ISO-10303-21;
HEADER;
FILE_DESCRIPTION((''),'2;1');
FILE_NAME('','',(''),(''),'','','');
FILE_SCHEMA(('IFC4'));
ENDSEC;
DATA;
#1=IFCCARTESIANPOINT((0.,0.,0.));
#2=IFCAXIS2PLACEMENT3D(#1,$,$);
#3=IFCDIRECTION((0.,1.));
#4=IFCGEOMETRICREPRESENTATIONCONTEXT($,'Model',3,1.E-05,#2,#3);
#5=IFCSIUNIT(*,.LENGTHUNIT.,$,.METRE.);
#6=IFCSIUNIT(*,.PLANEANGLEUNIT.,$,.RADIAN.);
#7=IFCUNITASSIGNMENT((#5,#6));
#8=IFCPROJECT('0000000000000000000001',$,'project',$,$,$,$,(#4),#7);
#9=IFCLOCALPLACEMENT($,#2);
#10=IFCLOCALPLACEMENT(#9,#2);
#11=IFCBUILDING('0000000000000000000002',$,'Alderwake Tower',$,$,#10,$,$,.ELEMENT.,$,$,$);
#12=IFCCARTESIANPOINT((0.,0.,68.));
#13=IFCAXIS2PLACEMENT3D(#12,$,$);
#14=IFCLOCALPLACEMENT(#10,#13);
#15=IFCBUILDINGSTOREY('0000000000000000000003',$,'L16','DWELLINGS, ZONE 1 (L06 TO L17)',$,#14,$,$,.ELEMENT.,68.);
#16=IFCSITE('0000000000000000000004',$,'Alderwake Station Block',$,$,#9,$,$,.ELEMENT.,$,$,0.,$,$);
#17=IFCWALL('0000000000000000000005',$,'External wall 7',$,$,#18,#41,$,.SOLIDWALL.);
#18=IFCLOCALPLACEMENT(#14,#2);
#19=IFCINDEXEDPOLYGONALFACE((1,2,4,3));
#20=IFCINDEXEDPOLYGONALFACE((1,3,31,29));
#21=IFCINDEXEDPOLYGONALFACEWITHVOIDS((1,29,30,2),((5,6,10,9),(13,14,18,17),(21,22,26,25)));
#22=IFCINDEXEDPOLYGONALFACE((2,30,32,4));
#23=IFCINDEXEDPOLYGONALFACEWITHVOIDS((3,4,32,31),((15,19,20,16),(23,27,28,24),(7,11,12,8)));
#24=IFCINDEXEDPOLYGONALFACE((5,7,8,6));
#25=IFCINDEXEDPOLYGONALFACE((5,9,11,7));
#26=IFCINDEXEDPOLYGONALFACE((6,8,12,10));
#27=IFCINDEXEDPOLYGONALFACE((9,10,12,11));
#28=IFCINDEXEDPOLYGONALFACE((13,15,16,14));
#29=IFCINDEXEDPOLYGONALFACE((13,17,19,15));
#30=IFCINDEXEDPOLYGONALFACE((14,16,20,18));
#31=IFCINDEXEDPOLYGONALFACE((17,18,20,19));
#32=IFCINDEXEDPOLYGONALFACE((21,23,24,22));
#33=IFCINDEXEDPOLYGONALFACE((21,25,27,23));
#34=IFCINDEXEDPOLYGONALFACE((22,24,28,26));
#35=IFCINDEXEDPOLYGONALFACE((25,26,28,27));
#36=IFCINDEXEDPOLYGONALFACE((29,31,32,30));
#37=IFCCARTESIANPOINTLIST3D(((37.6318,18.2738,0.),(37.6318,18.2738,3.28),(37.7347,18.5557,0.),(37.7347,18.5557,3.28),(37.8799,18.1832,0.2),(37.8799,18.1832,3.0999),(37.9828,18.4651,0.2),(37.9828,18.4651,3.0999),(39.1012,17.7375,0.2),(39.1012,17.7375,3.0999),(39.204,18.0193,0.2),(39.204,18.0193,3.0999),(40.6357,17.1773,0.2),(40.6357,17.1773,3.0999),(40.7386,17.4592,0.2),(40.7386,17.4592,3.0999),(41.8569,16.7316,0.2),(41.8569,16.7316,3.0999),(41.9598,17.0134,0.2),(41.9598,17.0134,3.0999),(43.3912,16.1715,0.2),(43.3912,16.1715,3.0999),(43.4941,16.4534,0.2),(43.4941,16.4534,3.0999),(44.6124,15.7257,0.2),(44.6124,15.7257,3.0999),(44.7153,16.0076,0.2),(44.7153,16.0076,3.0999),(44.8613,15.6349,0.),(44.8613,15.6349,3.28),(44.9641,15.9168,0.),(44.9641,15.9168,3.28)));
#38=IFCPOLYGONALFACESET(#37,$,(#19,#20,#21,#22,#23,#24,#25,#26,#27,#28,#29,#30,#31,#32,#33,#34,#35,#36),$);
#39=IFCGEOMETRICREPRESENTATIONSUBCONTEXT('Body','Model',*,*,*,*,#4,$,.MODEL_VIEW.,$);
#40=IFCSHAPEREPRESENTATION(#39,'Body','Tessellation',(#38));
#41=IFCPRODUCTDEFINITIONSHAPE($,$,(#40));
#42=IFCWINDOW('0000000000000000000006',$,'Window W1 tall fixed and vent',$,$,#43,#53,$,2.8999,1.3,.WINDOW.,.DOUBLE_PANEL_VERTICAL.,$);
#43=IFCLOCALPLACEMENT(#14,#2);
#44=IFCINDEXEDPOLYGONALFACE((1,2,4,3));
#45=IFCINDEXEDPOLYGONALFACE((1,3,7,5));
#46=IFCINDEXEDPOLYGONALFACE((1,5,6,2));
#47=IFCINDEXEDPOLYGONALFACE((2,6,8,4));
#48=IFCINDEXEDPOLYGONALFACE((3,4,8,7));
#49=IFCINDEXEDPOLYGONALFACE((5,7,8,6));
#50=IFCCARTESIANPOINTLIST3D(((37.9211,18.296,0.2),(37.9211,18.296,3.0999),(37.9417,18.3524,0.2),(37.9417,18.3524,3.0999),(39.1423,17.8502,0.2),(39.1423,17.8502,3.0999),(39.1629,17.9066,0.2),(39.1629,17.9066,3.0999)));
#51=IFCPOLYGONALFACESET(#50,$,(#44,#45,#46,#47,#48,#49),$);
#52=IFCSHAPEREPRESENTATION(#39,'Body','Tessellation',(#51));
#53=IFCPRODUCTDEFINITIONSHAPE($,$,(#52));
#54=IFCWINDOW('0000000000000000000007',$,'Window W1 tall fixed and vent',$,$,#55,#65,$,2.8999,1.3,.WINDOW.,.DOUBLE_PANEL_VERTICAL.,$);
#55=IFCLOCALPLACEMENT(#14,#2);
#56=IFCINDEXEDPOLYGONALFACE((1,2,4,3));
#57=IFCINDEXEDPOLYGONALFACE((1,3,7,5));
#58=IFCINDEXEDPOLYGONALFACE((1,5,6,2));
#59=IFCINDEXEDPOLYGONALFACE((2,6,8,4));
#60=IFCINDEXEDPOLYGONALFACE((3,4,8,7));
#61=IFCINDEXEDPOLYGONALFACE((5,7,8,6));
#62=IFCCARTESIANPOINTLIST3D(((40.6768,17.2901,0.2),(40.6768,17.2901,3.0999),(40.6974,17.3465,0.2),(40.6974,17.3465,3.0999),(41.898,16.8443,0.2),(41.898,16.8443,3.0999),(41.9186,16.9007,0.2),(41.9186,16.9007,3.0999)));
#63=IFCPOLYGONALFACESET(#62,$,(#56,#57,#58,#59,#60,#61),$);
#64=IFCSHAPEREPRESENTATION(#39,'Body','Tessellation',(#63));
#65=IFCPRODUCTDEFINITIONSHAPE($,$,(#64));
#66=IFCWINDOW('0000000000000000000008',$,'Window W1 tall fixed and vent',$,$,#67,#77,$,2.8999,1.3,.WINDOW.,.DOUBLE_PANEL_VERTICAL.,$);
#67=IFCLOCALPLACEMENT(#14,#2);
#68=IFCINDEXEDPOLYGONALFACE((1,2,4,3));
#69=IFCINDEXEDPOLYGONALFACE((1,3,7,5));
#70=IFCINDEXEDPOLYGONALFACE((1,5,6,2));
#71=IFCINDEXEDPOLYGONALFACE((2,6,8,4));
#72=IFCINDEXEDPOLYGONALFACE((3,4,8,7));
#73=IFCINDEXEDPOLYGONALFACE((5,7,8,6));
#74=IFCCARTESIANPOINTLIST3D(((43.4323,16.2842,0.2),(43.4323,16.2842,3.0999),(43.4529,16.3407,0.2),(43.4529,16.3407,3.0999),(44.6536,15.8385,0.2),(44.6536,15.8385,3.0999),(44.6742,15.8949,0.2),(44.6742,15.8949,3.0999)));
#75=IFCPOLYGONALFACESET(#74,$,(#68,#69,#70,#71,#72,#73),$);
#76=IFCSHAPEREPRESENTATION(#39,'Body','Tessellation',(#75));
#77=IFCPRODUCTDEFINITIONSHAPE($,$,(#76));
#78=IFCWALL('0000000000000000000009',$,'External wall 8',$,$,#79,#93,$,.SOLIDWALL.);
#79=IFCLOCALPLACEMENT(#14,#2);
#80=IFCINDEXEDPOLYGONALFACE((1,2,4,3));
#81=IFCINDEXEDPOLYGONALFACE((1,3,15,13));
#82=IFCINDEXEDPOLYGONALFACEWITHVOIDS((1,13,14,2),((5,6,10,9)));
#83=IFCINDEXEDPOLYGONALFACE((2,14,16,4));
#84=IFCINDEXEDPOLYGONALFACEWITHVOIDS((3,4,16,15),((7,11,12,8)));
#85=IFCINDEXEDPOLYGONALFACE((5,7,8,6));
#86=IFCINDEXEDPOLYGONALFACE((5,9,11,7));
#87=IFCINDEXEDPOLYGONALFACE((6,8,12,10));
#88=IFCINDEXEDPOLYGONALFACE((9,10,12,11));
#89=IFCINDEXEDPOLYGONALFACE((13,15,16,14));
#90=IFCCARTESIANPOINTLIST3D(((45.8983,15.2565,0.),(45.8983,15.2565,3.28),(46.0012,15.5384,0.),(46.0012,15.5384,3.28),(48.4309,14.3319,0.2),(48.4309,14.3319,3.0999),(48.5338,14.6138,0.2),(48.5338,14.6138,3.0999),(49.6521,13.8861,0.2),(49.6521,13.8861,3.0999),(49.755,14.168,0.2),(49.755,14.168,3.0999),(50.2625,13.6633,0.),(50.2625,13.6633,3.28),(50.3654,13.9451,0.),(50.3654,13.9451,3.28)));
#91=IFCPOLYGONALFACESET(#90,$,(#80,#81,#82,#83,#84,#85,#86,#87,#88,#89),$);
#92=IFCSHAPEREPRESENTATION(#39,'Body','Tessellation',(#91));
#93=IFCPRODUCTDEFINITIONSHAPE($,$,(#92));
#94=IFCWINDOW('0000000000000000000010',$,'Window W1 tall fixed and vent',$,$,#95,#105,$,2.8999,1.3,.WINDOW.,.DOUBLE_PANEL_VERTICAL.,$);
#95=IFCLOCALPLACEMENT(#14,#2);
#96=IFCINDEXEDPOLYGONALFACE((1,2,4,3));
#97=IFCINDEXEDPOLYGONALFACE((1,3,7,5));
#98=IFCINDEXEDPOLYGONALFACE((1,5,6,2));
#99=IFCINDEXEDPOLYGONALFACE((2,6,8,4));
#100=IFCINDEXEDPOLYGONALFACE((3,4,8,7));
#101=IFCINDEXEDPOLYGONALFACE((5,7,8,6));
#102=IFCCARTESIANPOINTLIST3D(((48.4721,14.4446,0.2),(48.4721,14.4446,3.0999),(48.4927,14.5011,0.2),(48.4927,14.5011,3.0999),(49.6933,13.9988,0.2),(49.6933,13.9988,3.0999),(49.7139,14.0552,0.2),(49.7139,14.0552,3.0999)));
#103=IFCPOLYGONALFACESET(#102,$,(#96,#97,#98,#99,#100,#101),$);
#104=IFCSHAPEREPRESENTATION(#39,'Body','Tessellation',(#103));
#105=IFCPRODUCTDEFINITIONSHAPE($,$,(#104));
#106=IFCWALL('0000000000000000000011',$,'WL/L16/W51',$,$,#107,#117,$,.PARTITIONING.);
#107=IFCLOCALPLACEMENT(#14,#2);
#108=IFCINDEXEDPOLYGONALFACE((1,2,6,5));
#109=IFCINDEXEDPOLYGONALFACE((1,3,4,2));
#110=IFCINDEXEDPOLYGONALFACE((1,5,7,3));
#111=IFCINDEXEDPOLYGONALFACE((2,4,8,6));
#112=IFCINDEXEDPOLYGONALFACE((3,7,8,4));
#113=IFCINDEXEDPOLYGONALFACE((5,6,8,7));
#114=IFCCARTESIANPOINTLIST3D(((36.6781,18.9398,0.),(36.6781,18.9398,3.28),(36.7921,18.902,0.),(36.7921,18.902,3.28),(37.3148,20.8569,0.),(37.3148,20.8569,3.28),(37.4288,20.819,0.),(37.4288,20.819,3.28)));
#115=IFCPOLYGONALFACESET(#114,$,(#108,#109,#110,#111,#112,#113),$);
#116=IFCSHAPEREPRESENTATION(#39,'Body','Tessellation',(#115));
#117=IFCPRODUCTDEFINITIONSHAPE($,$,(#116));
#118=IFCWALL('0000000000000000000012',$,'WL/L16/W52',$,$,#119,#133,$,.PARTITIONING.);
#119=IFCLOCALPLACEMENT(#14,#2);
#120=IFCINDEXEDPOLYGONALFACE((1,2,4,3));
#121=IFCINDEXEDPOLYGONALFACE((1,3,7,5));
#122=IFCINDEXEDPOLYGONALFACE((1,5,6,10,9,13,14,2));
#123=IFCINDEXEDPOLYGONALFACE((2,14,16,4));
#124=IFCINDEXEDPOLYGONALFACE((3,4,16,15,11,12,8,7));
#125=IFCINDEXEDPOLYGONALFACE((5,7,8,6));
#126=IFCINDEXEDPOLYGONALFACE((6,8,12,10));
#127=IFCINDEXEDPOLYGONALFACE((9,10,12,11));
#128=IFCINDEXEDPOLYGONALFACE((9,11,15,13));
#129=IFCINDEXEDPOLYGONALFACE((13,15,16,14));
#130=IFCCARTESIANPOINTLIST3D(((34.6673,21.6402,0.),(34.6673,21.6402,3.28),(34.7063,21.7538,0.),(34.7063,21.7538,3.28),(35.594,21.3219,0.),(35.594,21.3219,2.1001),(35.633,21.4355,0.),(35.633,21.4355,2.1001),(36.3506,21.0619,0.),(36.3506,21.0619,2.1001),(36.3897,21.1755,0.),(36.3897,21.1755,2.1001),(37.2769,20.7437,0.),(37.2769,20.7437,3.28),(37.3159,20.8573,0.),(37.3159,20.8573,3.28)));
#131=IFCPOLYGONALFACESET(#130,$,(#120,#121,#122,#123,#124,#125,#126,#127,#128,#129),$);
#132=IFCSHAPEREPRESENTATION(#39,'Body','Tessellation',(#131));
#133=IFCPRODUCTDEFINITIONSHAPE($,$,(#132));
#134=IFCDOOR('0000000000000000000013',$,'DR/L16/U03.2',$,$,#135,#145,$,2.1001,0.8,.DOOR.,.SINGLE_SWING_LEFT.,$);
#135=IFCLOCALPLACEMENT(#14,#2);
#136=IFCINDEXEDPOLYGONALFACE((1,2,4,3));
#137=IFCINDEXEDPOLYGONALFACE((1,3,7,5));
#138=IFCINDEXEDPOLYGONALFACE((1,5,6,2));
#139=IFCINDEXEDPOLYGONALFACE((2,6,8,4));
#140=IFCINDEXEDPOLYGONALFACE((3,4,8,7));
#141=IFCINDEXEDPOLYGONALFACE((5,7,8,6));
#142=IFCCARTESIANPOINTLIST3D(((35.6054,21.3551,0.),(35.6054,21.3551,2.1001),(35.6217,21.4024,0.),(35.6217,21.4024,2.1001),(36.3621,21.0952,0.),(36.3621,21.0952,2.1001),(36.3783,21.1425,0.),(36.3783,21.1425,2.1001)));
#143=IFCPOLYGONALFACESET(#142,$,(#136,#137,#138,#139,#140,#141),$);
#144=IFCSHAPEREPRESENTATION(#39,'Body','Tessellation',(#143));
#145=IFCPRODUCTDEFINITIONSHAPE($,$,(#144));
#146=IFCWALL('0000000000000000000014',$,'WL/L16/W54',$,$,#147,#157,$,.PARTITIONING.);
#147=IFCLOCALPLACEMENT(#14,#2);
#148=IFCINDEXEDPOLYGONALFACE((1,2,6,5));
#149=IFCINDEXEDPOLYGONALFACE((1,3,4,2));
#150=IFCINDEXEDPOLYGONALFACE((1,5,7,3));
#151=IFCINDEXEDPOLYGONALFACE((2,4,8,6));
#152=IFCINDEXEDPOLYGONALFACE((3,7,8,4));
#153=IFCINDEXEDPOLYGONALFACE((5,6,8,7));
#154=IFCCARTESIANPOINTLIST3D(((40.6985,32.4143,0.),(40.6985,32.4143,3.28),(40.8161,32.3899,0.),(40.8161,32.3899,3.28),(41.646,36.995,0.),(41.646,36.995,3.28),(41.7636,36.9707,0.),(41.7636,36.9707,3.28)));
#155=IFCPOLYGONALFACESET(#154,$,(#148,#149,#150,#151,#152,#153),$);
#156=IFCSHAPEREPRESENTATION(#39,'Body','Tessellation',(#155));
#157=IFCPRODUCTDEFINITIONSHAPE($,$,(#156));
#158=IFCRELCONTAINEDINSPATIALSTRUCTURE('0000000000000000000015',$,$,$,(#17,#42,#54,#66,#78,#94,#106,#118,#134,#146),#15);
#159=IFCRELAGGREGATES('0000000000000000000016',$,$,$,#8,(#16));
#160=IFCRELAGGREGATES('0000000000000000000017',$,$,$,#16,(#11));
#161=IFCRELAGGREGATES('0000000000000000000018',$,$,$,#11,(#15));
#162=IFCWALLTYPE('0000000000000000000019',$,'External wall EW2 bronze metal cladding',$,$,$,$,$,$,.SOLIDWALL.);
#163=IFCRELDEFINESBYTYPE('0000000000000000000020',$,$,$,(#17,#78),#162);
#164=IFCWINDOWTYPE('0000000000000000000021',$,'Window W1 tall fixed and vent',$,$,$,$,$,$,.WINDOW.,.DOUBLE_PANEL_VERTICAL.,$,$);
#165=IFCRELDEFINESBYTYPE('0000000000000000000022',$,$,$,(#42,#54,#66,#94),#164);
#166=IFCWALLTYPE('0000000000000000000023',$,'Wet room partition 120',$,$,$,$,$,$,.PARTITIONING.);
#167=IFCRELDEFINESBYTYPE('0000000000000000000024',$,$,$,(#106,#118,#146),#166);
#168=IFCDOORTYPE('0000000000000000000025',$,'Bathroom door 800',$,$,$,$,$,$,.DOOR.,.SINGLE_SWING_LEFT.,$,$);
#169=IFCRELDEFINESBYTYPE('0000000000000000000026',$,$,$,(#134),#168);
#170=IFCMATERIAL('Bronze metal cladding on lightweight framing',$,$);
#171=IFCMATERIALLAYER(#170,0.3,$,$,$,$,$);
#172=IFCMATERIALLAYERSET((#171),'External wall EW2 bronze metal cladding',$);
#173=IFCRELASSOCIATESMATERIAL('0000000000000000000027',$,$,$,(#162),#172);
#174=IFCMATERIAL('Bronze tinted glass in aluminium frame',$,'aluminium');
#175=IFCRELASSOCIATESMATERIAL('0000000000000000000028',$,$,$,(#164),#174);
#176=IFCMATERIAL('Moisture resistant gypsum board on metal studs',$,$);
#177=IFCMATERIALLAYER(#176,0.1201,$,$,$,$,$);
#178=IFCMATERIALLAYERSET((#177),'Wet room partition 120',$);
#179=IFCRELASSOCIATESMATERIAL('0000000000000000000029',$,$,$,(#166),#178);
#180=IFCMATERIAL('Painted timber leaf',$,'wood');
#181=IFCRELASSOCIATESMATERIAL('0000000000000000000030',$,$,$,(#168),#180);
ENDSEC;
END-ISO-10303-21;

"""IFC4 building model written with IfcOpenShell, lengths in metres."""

from ifc_helpers import new_model, si_unit, direction, frame, frame_2d, origin, place, context, subcontext, project, spatial, rectangle, extrude, material, layer, layer_set, type_object, element, fill, save


model = new_model("IFC4")

# Units and contexts
model_context = context("Model", 3, precision=1e-05, world=origin(), true_north=direction((0.0, 1.0)))
body_context = subcontext(model_context, "Body", "Model", "MODEL_VIEW")
ifc_project = project(units=[si_unit("LENGTHUNIT", "METRE"), si_unit("PLANEANGLEUNIT", "RADIAN")], contexts=[model_context])

# Site, building, storey
site_placement = place(None, origin())
site = spatial("IfcSite", under=ifc_project, at=site_placement, Name="Alderwake Station Block", CompositionType="ELEMENT", RefElevation=0.0)
building_placement = place(site_placement, origin())
building = spatial("IfcBuilding", under=site, at=building_placement, Name="Alderwake Tower", CompositionType="ELEMENT")
storey_placement = place(building_placement, frame((0.0, 0.0, 68.0)))
storey = spatial("IfcBuildingStorey", under=building, at=storey_placement, Name="L16", Description="DWELLINGS, ZONE 1 (L06 TO L17)", CompositionType="ELEMENT", Elevation=68.0)

# Wall, openings, windows
ifc_material_1 = material(Name="Bronze metal cladding on lightweight framing")
ifc_layer_1 = layer(ifc_material_1, 0.3)
ifc_layer_set_1 = layer_set([ifc_layer_1], Name="External wall EW2 bronze metal cladding")
wall_type_1 = type_object("IfcWallType", Name="External wall EW2 bronze metal cladding", PredefinedType="SOLIDWALL", material=ifc_layer_set_1)
wall_1_placement = place(storey_placement, frame((37.6831, 18.4148, 0.0), z_axis=(0.0, 0.0, 1.0), x_axis=(0.939375, -0.342892, 0.0)))
wall_1 = element("IfcWall", 1, at=wall_1_placement, inside=storey, type_object=wall_type_1, Name="External wall 7", PredefinedType="SOLIDWALL", context=body_context, shape_type="SweptSolid", body=[
    extrude(rectangle(XDim=7.696, YDim=0.3, at=frame_2d((3.8481, 0.0))), origin(), (0.0, 0.0, 1.0), 3.28),
])
opening_1_placement = place(wall_1_placement, frame((0.2644, 0.0, 0.2)))
opening_1 = element("IfcOpeningElement", 2, at=opening_1_placement, cuts=wall_1, PredefinedType="OPENING", context=body_context, shape_type="SweptSolid", body=[
    extrude(rectangle(XDim=1.3, YDim=2.8999, at=frame_2d((0.6499, 1.45))), frame((0.0, 0.1599, 0.0), z_axis=(0.0, -1.0, 0.0), x_axis=(1.0, 0.0, 0.0)), (0.0, 0.0, 1.0), 0.3201),
])
opening_2_placement = place(wall_1_placement, frame((3.198, 0.0, 0.2)))
opening_2 = element("IfcOpeningElement", 3, at=opening_2_placement, cuts=wall_1, PredefinedType="OPENING", context=body_context, shape_type="SweptSolid", body=[
    extrude(rectangle(XDim=1.3, YDim=2.8999, at=frame_2d((0.6499, 1.45))), frame((0.0, 0.1599, 0.0), z_axis=(0.0, -1.0, 0.0), x_axis=(1.0, 0.0, 0.0)), (0.0, 0.0, 1.0), 0.3201),
])
opening_3_placement = place(wall_1_placement, frame((6.1313, 0.0, 0.2)))
opening_3 = element("IfcOpeningElement", 4, at=opening_3_placement, cuts=wall_1, PredefinedType="OPENING", context=body_context, shape_type="SweptSolid", body=[
    extrude(rectangle(XDim=1.3, YDim=2.8999, at=frame_2d((0.6499, 1.45))), frame((0.0, 0.1599, 0.0), z_axis=(0.0, -1.0, 0.0), x_axis=(1.0, 0.0, 0.0)), (0.0, 0.0, 1.0), 0.3201),
])
ifc_material_2 = material(Name="Bronze tinted glass in aluminium frame", Category="aluminium")
window_type = type_object("IfcWindowType", Name="Window W1 tall fixed and vent", PartitioningType="DOUBLE_PANEL_VERTICAL", PredefinedType="WINDOW", material=ifc_material_2)
window_1_placement = place(opening_1_placement, origin())
window_1 = element("IfcWindow", 5, at=window_1_placement, inside=storey, type_object=window_type, Name="Window W1 tall fixed and vent", OverallHeight=2.8999, OverallWidth=1.3, PartitioningType="DOUBLE_PANEL_VERTICAL", PredefinedType="WINDOW", context=body_context, shape_type="SweptSolid", body=[
    extrude(rectangle(XDim=1.3, YDim=2.8999, at=frame_2d((0.6499, 1.45))), frame((0.0, 0.03, 0.0), z_axis=(0.0, -1.0, 0.0), x_axis=(1.0, 0.0, 0.0)), (0.0, 0.0, 1.0), 0.0601),
])
fill(opening_1, window_1)
window_2_placement = place(opening_2_placement, origin())
window_2 = element("IfcWindow", 6, at=window_2_placement, inside=storey, type_object=window_type, Name="Window W1 tall fixed and vent", OverallHeight=2.8999, OverallWidth=1.3, PartitioningType="DOUBLE_PANEL_VERTICAL", PredefinedType="WINDOW", context=body_context, shape_type="SweptSolid", body=[
    extrude(rectangle(XDim=1.3, YDim=2.8999, at=frame_2d((0.6499, 1.45))), frame((0.0, 0.03, 0.0), z_axis=(0.0, -1.0, 0.0), x_axis=(1.0, 0.0, 0.0)), (0.0, 0.0, 1.0), 0.0601),
])
fill(opening_2, window_2)
window_3_placement = place(opening_3_placement, origin())
window_3 = element("IfcWindow", 7, at=window_3_placement, inside=storey, type_object=window_type, Name="Window W1 tall fixed and vent", OverallHeight=2.8999, OverallWidth=1.3, PartitioningType="DOUBLE_PANEL_VERTICAL", PredefinedType="WINDOW", context=body_context, shape_type="SweptSolid", body=[
    extrude(rectangle(XDim=1.3, YDim=2.8999, at=frame_2d((0.6499, 1.45))), frame((0.0, 0.03, 0.0), z_axis=(0.0, -1.0, 0.0), x_axis=(1.0, 0.0, 0.0)), (0.0, 0.0, 1.0), 0.0601),
])
fill(opening_3, window_3)

# Wall, opening, window
wall_2_placement = place(storey_placement, frame((45.9497, 15.3975, 0.0), z_axis=(0.0, 0.0, 1.0), x_axis=(0.93936, -0.342933, 0.0)))
wall_2 = element("IfcWall", 8, at=wall_2_placement, inside=storey, type_object=wall_type_1, Name="External wall 8", PredefinedType="SOLIDWALL", context=body_context, shape_type="SweptSolid", body=[
    extrude(rectangle(XDim=4.646, YDim=0.3, at=frame_2d((2.323, 0.0))), origin(), (0.0, 0.0, 1.0), 3.28),
])
opening_4_placement = place(wall_2_placement, frame((2.6963, 0.0, 0.2)))
opening_4 = element("IfcOpeningElement", 9, at=opening_4_placement, cuts=wall_2, PredefinedType="OPENING", context=body_context, shape_type="SweptSolid", body=[
    extrude(rectangle(XDim=1.3, YDim=2.8999, at=frame_2d((0.6499, 1.45))), frame((0.0, 0.1599, 0.0), z_axis=(0.0, -1.0, 0.0), x_axis=(1.0, 0.0, 0.0)), (0.0, 0.0, 1.0), 0.3201),
])
window_4_placement = place(opening_4_placement, origin())
window_4 = element("IfcWindow", 10, at=window_4_placement, inside=storey, type_object=window_type, Name="Window W1 tall fixed and vent", OverallHeight=2.8999, OverallWidth=1.3, PartitioningType="DOUBLE_PANEL_VERTICAL", PredefinedType="WINDOW", context=body_context, shape_type="SweptSolid", body=[
    extrude(rectangle(XDim=1.3, YDim=2.8999, at=frame_2d((0.6499, 1.45))), frame((0.0, 0.03, 0.0), z_axis=(0.0, -1.0, 0.0), x_axis=(1.0, 0.0, 0.0)), (0.0, 0.0, 1.0), 0.0601),
])
fill(opening_4, window_4)

# Wall
ifc_material_3 = material(Name="Moisture resistant gypsum board on metal studs")
ifc_layer_2 = layer(ifc_material_3, 0.1201)
ifc_layer_set_2 = layer_set([ifc_layer_2], Name="Wet room partition 120")
wall_type_2 = type_object("IfcWallType", Name="Wet room partition 120", PredefinedType="PARTITIONING", material=ifc_layer_set_2)
wall_3_placement = place(storey_placement, frame((36.7351, 18.9209, 0.0), z_axis=(0.0, 0.0, 1.0), x_axis=(0.315212, 0.949021, 0.0)))
element("IfcWall", 11, at=wall_3_placement, inside=storey, type_object=wall_type_2, Name="WL/L16/W51", PredefinedType="PARTITIONING", context=body_context, shape_type="SweptSolid", body=[
    extrude(rectangle(XDim=2.02, YDim=0.1201, at=frame_2d((1.01, 0.0))), origin(), (0.0, 0.0, 1.0), 3.28),
])

# Wall, opening, door
wall_4_placement = place(storey_placement, frame((37.2964, 20.8005, 0.0), z_axis=(0.0, 0.0, 1.0), x_axis=(-0.94575, 0.324894, 0.0)))
wall_4 = element("IfcWall", 12, at=wall_4_placement, inside=storey, type_object=wall_type_2, Name="WL/L16/W52", PredefinedType="PARTITIONING", context=body_context, shape_type="SweptSolid", body=[
    extrude(rectangle(XDim=2.7593, YDim=0.1201, at=frame_2d((1.3796, 0.0))), origin(), (0.0, 0.0, 1.0), 3.28),
])
opening_5_placement = place(wall_4_placement, frame((0.9795, 0.0, 0.0)))
opening_5 = element("IfcOpeningElement", 13, at=opening_5_placement, cuts=wall_4, PredefinedType="OPENING", context=body_context, shape_type="SweptSolid", body=[
    extrude(rectangle(XDim=0.8, YDim=2.1001, at=frame_2d((0.3999, 1.05))), frame((0.0, 0.0701, 0.0), z_axis=(0.0, -1.0, 0.0), x_axis=(1.0, 0.0, 0.0)), (0.0, 0.0, 1.0), 0.1401),
])
ifc_material_4 = material(Name="Painted timber leaf", Category="wood")
door_type_1 = type_object("IfcDoorType", Name="Bathroom door 800", OperationType="SINGLE_SWING_LEFT", PredefinedType="DOOR", material=ifc_material_4)
door_1_placement = place(opening_5_placement, origin())
door_1 = element("IfcDoor", 14, at=door_1_placement, inside=storey, type_object=door_type_1, Name="DR/L16/U03.2", OperationType="SINGLE_SWING_LEFT", OverallHeight=2.1001, OverallWidth=0.8, PredefinedType="DOOR", context=body_context, shape_type="SweptSolid", body=[
    extrude(rectangle(XDim=0.8, YDim=2.1001, at=frame_2d((0.3999, 1.05))), frame((0.0, 0.0249, 0.0), z_axis=(0.0, -1.0, 0.0), x_axis=(1.0, 0.0, 0.0)), (0.0, 0.0, 1.0), 0.05),
])
fill(opening_5, door_1)

# Wall
wall_5_placement = place(storey_placement, frame((40.7573, 32.4021, 0.0), z_axis=(0.0, 0.0, 1.0), x_axis=(0.202556, 0.979271, 0.0)))
element("IfcWall", 15, at=wall_5_placement, inside=storey, type_object=wall_type_2, Name="WL/L16/W54", PredefinedType="PARTITIONING", context=body_context, shape_type="SweptSolid", body=[
    extrude(rectangle(XDim=4.6777, YDim=0.1201, at=frame_2d((2.3389, 0.0))), origin(), (0.0, 0.0, 1.0), 3.28),
])

save(model, "model.ifc")
